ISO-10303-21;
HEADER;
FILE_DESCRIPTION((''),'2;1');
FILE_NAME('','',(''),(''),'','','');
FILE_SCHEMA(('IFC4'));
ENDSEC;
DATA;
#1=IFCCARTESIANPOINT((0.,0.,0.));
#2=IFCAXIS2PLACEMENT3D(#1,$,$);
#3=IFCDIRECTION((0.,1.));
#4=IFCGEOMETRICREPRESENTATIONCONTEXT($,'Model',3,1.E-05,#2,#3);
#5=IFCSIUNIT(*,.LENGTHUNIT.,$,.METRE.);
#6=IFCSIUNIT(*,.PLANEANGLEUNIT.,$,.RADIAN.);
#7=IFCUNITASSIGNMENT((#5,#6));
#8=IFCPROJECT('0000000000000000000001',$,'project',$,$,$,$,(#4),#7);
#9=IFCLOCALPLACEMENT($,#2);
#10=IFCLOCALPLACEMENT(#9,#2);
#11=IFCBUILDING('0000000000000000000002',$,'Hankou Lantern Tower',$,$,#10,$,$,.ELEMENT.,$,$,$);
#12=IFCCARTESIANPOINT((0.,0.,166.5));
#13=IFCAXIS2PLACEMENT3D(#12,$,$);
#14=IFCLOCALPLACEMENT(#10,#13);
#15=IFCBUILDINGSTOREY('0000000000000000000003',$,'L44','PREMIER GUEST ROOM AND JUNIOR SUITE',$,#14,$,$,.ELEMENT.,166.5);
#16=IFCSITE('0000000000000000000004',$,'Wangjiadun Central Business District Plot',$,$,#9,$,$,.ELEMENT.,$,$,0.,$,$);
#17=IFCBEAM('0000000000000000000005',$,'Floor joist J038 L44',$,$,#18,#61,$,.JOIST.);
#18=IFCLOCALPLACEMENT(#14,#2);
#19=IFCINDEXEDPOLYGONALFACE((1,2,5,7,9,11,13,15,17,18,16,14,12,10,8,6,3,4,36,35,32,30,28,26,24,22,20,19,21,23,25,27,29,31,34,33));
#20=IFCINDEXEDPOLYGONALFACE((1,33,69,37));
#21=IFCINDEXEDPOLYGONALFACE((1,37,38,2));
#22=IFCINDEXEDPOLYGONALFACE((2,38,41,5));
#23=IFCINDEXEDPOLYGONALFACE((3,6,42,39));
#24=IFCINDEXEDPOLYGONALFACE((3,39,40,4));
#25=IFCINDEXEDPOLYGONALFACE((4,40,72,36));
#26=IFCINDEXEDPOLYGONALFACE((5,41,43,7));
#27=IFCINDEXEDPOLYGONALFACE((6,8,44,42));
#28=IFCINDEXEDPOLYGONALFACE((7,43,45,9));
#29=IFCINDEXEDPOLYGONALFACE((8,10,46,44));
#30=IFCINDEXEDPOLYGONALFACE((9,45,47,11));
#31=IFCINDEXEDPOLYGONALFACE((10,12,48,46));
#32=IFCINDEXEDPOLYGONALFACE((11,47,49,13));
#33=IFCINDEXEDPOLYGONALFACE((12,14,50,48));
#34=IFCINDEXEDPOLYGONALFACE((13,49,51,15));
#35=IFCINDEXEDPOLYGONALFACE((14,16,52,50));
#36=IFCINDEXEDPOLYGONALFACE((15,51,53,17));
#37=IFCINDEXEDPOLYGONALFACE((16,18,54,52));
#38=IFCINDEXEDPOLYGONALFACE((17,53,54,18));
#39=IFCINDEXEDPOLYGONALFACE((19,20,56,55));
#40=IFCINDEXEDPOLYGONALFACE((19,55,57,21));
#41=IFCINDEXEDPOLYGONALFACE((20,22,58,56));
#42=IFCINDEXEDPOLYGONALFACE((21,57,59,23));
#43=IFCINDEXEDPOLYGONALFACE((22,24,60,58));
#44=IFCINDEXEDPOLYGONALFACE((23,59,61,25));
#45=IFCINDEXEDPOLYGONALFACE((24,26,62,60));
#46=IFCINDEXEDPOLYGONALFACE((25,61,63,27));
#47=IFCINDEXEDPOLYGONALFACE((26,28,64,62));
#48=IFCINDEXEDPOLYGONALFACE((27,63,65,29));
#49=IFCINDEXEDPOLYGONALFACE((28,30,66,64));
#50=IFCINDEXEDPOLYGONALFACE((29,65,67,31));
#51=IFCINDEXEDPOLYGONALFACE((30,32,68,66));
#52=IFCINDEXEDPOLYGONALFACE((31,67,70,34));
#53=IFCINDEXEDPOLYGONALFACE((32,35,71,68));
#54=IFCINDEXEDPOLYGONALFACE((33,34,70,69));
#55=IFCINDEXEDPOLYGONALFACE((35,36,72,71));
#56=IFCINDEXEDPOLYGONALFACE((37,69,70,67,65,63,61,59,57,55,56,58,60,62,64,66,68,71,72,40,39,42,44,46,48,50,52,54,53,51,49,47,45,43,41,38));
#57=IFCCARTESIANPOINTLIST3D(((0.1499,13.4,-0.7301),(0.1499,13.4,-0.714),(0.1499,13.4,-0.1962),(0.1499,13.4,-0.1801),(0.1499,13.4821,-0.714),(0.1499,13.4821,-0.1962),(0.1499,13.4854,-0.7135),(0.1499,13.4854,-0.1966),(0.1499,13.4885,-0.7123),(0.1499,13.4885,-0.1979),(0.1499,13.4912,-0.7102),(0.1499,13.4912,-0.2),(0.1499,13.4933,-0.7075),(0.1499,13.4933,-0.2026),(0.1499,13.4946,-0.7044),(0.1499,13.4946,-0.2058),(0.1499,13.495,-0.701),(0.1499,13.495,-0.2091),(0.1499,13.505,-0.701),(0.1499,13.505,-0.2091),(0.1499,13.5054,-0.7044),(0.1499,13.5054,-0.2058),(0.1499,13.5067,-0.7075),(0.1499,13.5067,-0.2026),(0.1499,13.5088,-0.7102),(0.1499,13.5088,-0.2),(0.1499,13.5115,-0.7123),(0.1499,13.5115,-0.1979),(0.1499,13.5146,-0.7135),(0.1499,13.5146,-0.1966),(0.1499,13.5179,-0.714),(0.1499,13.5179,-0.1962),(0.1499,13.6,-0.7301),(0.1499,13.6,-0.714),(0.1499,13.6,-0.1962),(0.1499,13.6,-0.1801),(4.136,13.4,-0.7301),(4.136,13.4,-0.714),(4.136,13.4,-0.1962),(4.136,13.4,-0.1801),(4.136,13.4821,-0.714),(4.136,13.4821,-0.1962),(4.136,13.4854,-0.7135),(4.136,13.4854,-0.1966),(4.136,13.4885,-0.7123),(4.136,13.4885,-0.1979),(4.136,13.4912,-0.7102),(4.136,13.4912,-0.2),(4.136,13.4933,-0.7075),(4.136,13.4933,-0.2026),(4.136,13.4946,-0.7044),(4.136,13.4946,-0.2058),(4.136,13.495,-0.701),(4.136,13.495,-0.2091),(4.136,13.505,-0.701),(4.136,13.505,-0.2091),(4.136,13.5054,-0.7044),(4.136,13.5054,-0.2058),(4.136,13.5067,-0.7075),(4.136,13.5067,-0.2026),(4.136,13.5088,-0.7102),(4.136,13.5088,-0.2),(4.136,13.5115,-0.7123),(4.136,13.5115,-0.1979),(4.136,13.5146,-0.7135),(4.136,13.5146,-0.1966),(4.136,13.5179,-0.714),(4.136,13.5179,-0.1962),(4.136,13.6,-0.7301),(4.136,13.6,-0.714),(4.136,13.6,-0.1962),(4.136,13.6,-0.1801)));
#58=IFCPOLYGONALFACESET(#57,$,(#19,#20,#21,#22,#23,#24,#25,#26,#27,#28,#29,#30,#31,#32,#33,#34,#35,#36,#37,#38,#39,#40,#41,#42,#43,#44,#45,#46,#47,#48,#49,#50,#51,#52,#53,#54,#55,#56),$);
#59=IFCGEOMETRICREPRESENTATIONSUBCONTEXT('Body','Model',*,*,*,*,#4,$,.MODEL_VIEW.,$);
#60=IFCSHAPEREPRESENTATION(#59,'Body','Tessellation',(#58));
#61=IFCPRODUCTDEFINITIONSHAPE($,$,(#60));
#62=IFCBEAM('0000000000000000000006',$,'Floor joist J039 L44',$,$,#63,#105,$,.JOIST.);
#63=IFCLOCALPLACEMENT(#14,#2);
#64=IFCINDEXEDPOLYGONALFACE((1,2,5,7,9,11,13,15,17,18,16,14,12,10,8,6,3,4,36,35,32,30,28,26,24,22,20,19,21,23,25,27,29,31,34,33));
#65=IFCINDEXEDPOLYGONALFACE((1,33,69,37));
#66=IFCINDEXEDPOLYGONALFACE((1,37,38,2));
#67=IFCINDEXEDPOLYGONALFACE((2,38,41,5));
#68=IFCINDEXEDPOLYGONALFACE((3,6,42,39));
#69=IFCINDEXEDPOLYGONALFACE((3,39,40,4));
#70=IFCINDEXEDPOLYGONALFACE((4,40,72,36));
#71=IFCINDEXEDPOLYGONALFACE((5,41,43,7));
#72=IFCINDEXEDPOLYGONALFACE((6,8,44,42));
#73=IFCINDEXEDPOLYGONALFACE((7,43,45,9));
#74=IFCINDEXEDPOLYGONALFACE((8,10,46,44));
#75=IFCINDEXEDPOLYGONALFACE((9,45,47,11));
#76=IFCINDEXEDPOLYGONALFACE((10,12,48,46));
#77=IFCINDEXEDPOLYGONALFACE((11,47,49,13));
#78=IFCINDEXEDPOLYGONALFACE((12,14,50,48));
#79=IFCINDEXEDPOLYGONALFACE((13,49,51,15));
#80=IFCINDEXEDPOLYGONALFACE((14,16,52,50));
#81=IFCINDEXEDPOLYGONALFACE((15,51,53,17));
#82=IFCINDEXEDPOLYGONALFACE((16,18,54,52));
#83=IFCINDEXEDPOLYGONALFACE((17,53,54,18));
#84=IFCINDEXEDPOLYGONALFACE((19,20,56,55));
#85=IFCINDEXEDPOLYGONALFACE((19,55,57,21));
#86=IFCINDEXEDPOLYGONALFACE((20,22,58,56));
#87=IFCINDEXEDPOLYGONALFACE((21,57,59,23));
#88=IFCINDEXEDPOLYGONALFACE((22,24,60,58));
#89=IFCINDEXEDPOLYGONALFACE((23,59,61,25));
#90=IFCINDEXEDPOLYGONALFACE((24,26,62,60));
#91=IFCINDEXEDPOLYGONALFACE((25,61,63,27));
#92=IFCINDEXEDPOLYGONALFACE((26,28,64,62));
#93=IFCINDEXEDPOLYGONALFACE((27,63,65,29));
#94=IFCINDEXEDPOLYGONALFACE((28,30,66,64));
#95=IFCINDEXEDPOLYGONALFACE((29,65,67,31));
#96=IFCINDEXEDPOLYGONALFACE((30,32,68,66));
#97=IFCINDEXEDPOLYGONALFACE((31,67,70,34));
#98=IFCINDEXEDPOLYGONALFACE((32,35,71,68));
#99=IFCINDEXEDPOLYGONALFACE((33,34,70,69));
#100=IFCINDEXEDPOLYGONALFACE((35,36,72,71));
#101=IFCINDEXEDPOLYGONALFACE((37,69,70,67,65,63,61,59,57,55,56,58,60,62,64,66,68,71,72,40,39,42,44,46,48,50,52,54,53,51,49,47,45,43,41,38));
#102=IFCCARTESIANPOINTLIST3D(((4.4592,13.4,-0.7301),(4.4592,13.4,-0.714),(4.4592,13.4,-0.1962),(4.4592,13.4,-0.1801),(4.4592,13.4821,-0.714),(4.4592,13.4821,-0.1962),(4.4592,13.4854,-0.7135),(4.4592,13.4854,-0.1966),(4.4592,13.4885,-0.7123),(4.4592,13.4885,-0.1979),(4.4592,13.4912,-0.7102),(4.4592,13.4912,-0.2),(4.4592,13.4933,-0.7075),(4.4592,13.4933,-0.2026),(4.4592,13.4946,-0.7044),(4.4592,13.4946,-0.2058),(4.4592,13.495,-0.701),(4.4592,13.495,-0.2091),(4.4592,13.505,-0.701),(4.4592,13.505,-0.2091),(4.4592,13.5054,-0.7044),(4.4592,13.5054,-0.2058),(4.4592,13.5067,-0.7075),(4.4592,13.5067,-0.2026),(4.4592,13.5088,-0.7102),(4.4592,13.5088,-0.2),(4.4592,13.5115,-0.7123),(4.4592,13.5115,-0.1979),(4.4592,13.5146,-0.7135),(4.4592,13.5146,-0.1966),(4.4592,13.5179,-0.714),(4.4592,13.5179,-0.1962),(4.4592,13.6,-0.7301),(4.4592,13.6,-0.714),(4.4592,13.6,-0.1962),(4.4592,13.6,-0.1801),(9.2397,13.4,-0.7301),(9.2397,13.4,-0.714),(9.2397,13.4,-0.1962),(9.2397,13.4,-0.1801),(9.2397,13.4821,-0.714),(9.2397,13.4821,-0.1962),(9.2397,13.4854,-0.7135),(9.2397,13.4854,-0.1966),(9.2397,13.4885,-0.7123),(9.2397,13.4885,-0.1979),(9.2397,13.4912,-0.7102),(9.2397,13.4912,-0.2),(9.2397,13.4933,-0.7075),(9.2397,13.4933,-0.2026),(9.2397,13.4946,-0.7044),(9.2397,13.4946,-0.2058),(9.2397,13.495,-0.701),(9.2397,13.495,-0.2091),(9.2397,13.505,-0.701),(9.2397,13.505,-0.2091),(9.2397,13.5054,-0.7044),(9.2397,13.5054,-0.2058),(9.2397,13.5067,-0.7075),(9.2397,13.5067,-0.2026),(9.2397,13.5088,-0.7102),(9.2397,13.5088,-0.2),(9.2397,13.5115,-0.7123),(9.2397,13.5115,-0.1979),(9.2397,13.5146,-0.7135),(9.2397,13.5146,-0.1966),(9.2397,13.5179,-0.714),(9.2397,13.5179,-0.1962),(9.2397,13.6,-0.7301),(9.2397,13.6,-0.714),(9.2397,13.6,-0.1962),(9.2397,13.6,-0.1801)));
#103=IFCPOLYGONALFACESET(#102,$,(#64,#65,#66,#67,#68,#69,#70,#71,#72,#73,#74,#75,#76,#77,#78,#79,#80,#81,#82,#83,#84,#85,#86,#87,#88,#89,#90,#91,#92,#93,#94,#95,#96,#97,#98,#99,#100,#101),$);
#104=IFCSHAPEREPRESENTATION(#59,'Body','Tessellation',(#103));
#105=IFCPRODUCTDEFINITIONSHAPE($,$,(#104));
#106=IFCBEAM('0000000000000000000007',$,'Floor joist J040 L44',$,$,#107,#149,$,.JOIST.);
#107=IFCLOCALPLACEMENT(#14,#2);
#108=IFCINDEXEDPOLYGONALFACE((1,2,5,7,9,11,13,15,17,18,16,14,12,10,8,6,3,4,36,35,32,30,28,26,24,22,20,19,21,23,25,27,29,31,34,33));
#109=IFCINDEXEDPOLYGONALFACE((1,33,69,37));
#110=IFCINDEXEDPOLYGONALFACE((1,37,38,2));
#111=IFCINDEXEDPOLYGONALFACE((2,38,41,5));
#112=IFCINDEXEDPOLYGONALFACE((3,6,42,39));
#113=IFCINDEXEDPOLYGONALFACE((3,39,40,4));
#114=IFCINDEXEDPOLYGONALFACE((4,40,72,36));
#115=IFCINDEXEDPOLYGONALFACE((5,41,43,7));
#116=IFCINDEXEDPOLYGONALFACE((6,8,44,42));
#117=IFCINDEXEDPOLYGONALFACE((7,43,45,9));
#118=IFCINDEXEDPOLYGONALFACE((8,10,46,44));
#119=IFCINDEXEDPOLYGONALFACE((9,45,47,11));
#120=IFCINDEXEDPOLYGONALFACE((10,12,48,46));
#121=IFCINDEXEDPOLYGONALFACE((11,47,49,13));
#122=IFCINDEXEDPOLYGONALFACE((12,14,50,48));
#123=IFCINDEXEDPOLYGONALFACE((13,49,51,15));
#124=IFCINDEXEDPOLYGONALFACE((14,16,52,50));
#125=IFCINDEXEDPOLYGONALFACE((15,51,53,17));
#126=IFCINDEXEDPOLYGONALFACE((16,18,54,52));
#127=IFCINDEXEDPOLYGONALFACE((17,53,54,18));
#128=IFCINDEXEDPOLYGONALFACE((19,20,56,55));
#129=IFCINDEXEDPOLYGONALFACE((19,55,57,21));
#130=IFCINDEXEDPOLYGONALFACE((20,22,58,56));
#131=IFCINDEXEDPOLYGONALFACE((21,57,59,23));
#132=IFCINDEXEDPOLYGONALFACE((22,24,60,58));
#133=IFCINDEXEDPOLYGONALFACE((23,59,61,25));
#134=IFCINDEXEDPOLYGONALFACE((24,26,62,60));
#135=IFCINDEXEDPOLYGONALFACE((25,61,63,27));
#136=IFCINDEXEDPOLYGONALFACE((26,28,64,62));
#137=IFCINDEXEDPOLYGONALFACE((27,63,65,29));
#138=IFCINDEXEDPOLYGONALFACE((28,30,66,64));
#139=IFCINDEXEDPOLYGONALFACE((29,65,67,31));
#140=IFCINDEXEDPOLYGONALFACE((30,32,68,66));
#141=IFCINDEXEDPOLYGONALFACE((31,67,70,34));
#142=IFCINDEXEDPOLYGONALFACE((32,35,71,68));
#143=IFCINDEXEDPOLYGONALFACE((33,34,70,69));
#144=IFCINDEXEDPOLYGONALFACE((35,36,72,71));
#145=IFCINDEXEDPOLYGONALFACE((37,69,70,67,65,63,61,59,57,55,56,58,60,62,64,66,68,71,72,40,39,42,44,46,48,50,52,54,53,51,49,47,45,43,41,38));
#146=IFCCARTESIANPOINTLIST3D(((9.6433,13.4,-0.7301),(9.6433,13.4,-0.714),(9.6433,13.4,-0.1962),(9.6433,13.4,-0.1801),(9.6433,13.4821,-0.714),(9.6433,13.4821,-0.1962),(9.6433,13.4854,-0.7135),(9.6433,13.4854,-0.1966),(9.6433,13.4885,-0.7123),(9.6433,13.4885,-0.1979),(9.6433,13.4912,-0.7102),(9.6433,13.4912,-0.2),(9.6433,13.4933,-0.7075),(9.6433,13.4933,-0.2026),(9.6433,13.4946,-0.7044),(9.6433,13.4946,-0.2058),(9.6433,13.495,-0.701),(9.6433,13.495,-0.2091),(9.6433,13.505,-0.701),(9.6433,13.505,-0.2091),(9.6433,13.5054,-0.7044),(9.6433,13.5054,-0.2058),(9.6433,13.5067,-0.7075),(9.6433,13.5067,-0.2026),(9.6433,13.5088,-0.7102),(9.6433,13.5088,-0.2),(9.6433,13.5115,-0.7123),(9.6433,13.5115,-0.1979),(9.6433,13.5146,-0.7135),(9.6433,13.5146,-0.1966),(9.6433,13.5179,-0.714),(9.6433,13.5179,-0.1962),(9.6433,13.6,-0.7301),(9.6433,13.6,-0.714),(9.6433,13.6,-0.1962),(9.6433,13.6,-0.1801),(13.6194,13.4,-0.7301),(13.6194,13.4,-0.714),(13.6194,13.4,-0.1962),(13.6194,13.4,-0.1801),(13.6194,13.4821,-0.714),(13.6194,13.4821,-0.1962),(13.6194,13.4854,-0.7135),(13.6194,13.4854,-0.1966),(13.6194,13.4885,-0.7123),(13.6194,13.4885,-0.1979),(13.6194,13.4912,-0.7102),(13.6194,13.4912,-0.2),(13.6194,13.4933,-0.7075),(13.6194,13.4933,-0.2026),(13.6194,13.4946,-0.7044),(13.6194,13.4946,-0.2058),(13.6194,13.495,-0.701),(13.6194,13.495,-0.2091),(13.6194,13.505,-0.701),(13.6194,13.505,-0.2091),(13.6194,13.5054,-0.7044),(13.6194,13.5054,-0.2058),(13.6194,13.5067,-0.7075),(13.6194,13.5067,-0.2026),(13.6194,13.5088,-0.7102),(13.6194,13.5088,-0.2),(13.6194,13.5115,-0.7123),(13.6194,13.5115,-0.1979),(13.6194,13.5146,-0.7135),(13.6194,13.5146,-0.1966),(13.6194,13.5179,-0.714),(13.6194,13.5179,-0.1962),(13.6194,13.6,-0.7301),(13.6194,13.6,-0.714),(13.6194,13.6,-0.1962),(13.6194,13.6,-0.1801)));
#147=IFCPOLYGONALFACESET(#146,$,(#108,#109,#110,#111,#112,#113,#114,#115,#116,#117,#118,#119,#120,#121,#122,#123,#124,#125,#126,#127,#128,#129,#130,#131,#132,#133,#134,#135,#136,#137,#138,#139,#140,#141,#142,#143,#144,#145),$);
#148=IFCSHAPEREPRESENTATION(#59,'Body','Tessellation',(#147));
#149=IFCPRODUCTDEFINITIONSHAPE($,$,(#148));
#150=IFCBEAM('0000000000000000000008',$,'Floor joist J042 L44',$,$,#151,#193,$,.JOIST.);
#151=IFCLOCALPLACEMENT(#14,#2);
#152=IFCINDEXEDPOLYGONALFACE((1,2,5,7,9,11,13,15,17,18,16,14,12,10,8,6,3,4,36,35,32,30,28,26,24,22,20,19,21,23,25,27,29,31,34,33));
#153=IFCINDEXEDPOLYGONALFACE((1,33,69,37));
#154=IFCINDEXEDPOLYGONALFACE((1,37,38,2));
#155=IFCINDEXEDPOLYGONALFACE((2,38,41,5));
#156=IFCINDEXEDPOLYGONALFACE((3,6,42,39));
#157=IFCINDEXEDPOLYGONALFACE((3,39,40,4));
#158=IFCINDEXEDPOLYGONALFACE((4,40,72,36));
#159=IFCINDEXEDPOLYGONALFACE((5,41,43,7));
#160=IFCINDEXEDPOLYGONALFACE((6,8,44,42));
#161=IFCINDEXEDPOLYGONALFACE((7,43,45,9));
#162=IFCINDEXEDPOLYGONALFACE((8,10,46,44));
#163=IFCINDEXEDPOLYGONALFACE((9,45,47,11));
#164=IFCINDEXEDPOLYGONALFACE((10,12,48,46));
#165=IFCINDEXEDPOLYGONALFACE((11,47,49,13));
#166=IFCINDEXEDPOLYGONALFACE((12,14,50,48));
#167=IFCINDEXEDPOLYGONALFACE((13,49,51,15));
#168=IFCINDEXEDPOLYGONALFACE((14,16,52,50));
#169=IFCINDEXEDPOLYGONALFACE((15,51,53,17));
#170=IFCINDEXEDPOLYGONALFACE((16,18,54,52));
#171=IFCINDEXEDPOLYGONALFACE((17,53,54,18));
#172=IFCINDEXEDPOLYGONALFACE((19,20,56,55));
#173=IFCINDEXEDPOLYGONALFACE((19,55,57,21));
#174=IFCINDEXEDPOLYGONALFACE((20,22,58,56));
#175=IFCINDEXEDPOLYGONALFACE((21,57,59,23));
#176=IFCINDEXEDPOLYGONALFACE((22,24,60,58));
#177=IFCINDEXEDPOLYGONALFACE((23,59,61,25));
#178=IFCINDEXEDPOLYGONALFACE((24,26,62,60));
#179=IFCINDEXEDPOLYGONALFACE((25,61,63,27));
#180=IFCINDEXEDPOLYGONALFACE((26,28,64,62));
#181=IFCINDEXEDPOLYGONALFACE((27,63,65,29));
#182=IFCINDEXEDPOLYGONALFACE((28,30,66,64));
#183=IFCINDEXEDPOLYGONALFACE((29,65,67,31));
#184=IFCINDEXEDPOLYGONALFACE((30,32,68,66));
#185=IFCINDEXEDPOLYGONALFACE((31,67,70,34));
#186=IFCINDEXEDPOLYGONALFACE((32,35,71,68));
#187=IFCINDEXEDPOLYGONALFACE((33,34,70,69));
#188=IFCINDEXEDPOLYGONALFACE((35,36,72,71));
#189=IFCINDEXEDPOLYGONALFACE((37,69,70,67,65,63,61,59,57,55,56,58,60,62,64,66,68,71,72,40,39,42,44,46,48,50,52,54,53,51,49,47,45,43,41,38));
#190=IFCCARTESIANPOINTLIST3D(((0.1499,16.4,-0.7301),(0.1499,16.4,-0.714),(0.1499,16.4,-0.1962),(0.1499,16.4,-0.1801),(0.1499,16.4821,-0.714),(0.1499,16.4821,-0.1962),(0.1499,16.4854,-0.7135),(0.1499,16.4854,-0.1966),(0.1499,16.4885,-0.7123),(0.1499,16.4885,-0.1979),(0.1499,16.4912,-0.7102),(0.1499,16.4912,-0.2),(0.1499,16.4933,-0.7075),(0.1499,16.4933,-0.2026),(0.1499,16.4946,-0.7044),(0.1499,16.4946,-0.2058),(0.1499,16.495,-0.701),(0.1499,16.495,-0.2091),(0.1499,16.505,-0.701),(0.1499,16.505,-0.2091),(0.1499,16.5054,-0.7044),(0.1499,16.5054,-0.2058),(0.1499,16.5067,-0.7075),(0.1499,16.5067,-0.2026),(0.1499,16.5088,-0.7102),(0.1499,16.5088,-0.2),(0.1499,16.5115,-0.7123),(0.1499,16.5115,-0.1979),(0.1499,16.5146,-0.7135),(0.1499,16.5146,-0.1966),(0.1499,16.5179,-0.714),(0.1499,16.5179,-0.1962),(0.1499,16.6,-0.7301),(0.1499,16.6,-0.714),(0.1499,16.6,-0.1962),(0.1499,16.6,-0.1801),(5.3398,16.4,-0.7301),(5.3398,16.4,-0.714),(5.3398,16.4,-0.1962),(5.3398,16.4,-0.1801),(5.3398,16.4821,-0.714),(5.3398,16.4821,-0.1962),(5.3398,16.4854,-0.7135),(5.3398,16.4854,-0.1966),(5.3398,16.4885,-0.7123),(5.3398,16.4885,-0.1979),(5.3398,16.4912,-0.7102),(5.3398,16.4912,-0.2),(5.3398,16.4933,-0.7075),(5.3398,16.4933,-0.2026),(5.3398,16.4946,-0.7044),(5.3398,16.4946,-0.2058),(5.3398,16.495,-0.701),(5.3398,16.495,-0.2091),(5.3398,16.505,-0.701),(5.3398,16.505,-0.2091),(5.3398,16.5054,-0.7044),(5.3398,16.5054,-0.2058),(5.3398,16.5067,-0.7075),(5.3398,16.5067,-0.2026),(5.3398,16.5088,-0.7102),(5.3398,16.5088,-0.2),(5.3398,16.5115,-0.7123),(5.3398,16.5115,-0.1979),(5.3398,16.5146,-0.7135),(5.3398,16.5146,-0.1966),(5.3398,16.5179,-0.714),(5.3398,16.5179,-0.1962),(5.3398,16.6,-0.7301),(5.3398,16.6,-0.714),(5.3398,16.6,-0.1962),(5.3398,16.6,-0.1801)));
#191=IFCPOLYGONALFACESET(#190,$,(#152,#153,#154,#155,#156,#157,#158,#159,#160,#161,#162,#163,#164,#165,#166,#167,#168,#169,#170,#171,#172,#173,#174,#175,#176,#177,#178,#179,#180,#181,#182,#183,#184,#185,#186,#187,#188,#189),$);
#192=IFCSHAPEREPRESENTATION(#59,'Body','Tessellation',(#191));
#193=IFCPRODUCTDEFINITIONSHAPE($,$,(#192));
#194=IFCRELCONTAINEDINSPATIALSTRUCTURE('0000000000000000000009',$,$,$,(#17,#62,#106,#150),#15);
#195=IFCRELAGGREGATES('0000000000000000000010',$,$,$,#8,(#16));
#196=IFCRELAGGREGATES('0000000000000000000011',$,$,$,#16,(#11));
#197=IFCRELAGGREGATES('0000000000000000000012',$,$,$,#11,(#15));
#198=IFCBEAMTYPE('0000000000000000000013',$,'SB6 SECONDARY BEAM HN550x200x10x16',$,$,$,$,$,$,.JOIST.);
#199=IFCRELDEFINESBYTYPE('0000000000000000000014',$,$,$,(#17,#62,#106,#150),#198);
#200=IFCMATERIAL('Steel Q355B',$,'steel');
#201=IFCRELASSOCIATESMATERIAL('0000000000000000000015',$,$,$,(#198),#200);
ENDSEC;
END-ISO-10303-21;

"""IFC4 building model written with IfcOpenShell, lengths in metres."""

from ifc_helpers import new_model, si_unit, direction, frame, origin, origin_2d, place, context, subcontext, project, spatial, i_section, extrude, material, material_profile, profile_set, type_object, element, save


model = new_model("IFC4")

# Units and contexts
model_context = context("Model", 3, precision=1e-05, world=origin(), true_north=direction((0.0, 1.0)))
body_context = subcontext(model_context, "Body", "Model", "MODEL_VIEW")
ifc_project = project(units=[si_unit("LENGTHUNIT", "METRE"), si_unit("PLANEANGLEUNIT", "RADIAN")], contexts=[model_context])

# Site, building, storey
site_placement = place(None, origin())
site = spatial("IfcSite", under=ifc_project, at=site_placement, Name="Wangjiadun Central Business District Plot", CompositionType="ELEMENT", RefElevation=0.0)
building_placement = place(site_placement, origin())
building = spatial("IfcBuilding", under=site, at=building_placement, Name="Hankou Lantern Tower", CompositionType="ELEMENT")
storey_placement = place(building_placement, frame((0.0, 0.0, 166.5)))
storey = spatial("IfcBuildingStorey", under=building, at=storey_placement, Name="L44", Description="PREMIER GUEST ROOM AND JUNIOR SUITE", CompositionType="ELEMENT", Elevation=166.5)

# Beams
ifc_material_1 = material(Name="Steel Q355B", Category="steel")
ifc_material_profile_1 = material_profile(ifc_material_1, i_section(OverallWidth=0.2, OverallDepth=0.55, WebThickness=0.01, FlangeThickness=0.0161, FilletRadius=0.0129, at=origin_2d()), Name="HN550x200x10x16")
ifc_profile_set_1 = profile_set([ifc_material_profile_1], Name="Steel Q355B")
beam_type_1 = type_object("IfcBeamType", Name="SB6 SECONDARY BEAM HN550x200x10x16", PredefinedType="JOIST", material=ifc_profile_set_1)
beam_1_placement = place(storey_placement, frame((0.1499, 13.5, -0.4551), z_axis=(1.0, 0.0, 0.0), x_axis=(0.0, 1.0, 0.0)))
element("IfcBeam", 1, at=beam_1_placement, inside=storey, type_object=beam_type_1, Name="Floor joist J038 L44", PredefinedType="JOIST", context=body_context, shape_type="SweptSolid", body=[
    extrude(i_section(OverallWidth=0.2, OverallDepth=0.55, WebThickness=0.01, FlangeThickness=0.0161, FilletRadius=0.0129, at=origin_2d()), origin(), (0.0, 0.0, 1.0), 3.9861),
])
beam_2_placement = place(storey_placement, frame((4.4592, 13.5, -0.4551), z_axis=(1.0, 0.0, 0.0), x_axis=(0.0, 1.0, 0.0)))
element("IfcBeam", 2, at=beam_2_placement, inside=storey, type_object=beam_type_1, Name="Floor joist J039 L44", PredefinedType="JOIST", context=body_context, shape_type="SweptSolid", body=[
    extrude(i_section(OverallWidth=0.2, OverallDepth=0.55, WebThickness=0.01, FlangeThickness=0.0161, FilletRadius=0.0129, at=origin_2d()), origin(), (0.0, 0.0, 1.0), 4.7805),
])
beam_3_placement = place(storey_placement, frame((9.6433, 13.5, -0.4551), z_axis=(1.0, 0.0, 0.0), x_axis=(0.0, 1.0, 0.0)))
element("IfcBeam", 3, at=beam_3_placement, inside=storey, type_object=beam_type_1, Name="Floor joist J040 L44", PredefinedType="JOIST", context=body_context, shape_type="SweptSolid", body=[
    extrude(i_section(OverallWidth=0.2, OverallDepth=0.55, WebThickness=0.01, FlangeThickness=0.0161, FilletRadius=0.0129, at=origin_2d()), origin(), (0.0, 0.0, 1.0), 3.9761),
])
beam_4_placement = place(storey_placement, frame((0.1499, 16.5, -0.4551), z_axis=(1.0, 0.0, 0.0), x_axis=(0.0, 1.0, 0.0)))
element("IfcBeam", 4, at=beam_4_placement, inside=storey, type_object=beam_type_1, Name="Floor joist J042 L44", PredefinedType="JOIST", context=body_context, shape_type="SweptSolid", body=[
    extrude(i_section(OverallWidth=0.2, OverallDepth=0.55, WebThickness=0.01, FlangeThickness=0.0161, FilletRadius=0.0129, at=origin_2d()), origin(), (0.0, 0.0, 1.0), 5.1899),
])

save(model, "model.ifc")
